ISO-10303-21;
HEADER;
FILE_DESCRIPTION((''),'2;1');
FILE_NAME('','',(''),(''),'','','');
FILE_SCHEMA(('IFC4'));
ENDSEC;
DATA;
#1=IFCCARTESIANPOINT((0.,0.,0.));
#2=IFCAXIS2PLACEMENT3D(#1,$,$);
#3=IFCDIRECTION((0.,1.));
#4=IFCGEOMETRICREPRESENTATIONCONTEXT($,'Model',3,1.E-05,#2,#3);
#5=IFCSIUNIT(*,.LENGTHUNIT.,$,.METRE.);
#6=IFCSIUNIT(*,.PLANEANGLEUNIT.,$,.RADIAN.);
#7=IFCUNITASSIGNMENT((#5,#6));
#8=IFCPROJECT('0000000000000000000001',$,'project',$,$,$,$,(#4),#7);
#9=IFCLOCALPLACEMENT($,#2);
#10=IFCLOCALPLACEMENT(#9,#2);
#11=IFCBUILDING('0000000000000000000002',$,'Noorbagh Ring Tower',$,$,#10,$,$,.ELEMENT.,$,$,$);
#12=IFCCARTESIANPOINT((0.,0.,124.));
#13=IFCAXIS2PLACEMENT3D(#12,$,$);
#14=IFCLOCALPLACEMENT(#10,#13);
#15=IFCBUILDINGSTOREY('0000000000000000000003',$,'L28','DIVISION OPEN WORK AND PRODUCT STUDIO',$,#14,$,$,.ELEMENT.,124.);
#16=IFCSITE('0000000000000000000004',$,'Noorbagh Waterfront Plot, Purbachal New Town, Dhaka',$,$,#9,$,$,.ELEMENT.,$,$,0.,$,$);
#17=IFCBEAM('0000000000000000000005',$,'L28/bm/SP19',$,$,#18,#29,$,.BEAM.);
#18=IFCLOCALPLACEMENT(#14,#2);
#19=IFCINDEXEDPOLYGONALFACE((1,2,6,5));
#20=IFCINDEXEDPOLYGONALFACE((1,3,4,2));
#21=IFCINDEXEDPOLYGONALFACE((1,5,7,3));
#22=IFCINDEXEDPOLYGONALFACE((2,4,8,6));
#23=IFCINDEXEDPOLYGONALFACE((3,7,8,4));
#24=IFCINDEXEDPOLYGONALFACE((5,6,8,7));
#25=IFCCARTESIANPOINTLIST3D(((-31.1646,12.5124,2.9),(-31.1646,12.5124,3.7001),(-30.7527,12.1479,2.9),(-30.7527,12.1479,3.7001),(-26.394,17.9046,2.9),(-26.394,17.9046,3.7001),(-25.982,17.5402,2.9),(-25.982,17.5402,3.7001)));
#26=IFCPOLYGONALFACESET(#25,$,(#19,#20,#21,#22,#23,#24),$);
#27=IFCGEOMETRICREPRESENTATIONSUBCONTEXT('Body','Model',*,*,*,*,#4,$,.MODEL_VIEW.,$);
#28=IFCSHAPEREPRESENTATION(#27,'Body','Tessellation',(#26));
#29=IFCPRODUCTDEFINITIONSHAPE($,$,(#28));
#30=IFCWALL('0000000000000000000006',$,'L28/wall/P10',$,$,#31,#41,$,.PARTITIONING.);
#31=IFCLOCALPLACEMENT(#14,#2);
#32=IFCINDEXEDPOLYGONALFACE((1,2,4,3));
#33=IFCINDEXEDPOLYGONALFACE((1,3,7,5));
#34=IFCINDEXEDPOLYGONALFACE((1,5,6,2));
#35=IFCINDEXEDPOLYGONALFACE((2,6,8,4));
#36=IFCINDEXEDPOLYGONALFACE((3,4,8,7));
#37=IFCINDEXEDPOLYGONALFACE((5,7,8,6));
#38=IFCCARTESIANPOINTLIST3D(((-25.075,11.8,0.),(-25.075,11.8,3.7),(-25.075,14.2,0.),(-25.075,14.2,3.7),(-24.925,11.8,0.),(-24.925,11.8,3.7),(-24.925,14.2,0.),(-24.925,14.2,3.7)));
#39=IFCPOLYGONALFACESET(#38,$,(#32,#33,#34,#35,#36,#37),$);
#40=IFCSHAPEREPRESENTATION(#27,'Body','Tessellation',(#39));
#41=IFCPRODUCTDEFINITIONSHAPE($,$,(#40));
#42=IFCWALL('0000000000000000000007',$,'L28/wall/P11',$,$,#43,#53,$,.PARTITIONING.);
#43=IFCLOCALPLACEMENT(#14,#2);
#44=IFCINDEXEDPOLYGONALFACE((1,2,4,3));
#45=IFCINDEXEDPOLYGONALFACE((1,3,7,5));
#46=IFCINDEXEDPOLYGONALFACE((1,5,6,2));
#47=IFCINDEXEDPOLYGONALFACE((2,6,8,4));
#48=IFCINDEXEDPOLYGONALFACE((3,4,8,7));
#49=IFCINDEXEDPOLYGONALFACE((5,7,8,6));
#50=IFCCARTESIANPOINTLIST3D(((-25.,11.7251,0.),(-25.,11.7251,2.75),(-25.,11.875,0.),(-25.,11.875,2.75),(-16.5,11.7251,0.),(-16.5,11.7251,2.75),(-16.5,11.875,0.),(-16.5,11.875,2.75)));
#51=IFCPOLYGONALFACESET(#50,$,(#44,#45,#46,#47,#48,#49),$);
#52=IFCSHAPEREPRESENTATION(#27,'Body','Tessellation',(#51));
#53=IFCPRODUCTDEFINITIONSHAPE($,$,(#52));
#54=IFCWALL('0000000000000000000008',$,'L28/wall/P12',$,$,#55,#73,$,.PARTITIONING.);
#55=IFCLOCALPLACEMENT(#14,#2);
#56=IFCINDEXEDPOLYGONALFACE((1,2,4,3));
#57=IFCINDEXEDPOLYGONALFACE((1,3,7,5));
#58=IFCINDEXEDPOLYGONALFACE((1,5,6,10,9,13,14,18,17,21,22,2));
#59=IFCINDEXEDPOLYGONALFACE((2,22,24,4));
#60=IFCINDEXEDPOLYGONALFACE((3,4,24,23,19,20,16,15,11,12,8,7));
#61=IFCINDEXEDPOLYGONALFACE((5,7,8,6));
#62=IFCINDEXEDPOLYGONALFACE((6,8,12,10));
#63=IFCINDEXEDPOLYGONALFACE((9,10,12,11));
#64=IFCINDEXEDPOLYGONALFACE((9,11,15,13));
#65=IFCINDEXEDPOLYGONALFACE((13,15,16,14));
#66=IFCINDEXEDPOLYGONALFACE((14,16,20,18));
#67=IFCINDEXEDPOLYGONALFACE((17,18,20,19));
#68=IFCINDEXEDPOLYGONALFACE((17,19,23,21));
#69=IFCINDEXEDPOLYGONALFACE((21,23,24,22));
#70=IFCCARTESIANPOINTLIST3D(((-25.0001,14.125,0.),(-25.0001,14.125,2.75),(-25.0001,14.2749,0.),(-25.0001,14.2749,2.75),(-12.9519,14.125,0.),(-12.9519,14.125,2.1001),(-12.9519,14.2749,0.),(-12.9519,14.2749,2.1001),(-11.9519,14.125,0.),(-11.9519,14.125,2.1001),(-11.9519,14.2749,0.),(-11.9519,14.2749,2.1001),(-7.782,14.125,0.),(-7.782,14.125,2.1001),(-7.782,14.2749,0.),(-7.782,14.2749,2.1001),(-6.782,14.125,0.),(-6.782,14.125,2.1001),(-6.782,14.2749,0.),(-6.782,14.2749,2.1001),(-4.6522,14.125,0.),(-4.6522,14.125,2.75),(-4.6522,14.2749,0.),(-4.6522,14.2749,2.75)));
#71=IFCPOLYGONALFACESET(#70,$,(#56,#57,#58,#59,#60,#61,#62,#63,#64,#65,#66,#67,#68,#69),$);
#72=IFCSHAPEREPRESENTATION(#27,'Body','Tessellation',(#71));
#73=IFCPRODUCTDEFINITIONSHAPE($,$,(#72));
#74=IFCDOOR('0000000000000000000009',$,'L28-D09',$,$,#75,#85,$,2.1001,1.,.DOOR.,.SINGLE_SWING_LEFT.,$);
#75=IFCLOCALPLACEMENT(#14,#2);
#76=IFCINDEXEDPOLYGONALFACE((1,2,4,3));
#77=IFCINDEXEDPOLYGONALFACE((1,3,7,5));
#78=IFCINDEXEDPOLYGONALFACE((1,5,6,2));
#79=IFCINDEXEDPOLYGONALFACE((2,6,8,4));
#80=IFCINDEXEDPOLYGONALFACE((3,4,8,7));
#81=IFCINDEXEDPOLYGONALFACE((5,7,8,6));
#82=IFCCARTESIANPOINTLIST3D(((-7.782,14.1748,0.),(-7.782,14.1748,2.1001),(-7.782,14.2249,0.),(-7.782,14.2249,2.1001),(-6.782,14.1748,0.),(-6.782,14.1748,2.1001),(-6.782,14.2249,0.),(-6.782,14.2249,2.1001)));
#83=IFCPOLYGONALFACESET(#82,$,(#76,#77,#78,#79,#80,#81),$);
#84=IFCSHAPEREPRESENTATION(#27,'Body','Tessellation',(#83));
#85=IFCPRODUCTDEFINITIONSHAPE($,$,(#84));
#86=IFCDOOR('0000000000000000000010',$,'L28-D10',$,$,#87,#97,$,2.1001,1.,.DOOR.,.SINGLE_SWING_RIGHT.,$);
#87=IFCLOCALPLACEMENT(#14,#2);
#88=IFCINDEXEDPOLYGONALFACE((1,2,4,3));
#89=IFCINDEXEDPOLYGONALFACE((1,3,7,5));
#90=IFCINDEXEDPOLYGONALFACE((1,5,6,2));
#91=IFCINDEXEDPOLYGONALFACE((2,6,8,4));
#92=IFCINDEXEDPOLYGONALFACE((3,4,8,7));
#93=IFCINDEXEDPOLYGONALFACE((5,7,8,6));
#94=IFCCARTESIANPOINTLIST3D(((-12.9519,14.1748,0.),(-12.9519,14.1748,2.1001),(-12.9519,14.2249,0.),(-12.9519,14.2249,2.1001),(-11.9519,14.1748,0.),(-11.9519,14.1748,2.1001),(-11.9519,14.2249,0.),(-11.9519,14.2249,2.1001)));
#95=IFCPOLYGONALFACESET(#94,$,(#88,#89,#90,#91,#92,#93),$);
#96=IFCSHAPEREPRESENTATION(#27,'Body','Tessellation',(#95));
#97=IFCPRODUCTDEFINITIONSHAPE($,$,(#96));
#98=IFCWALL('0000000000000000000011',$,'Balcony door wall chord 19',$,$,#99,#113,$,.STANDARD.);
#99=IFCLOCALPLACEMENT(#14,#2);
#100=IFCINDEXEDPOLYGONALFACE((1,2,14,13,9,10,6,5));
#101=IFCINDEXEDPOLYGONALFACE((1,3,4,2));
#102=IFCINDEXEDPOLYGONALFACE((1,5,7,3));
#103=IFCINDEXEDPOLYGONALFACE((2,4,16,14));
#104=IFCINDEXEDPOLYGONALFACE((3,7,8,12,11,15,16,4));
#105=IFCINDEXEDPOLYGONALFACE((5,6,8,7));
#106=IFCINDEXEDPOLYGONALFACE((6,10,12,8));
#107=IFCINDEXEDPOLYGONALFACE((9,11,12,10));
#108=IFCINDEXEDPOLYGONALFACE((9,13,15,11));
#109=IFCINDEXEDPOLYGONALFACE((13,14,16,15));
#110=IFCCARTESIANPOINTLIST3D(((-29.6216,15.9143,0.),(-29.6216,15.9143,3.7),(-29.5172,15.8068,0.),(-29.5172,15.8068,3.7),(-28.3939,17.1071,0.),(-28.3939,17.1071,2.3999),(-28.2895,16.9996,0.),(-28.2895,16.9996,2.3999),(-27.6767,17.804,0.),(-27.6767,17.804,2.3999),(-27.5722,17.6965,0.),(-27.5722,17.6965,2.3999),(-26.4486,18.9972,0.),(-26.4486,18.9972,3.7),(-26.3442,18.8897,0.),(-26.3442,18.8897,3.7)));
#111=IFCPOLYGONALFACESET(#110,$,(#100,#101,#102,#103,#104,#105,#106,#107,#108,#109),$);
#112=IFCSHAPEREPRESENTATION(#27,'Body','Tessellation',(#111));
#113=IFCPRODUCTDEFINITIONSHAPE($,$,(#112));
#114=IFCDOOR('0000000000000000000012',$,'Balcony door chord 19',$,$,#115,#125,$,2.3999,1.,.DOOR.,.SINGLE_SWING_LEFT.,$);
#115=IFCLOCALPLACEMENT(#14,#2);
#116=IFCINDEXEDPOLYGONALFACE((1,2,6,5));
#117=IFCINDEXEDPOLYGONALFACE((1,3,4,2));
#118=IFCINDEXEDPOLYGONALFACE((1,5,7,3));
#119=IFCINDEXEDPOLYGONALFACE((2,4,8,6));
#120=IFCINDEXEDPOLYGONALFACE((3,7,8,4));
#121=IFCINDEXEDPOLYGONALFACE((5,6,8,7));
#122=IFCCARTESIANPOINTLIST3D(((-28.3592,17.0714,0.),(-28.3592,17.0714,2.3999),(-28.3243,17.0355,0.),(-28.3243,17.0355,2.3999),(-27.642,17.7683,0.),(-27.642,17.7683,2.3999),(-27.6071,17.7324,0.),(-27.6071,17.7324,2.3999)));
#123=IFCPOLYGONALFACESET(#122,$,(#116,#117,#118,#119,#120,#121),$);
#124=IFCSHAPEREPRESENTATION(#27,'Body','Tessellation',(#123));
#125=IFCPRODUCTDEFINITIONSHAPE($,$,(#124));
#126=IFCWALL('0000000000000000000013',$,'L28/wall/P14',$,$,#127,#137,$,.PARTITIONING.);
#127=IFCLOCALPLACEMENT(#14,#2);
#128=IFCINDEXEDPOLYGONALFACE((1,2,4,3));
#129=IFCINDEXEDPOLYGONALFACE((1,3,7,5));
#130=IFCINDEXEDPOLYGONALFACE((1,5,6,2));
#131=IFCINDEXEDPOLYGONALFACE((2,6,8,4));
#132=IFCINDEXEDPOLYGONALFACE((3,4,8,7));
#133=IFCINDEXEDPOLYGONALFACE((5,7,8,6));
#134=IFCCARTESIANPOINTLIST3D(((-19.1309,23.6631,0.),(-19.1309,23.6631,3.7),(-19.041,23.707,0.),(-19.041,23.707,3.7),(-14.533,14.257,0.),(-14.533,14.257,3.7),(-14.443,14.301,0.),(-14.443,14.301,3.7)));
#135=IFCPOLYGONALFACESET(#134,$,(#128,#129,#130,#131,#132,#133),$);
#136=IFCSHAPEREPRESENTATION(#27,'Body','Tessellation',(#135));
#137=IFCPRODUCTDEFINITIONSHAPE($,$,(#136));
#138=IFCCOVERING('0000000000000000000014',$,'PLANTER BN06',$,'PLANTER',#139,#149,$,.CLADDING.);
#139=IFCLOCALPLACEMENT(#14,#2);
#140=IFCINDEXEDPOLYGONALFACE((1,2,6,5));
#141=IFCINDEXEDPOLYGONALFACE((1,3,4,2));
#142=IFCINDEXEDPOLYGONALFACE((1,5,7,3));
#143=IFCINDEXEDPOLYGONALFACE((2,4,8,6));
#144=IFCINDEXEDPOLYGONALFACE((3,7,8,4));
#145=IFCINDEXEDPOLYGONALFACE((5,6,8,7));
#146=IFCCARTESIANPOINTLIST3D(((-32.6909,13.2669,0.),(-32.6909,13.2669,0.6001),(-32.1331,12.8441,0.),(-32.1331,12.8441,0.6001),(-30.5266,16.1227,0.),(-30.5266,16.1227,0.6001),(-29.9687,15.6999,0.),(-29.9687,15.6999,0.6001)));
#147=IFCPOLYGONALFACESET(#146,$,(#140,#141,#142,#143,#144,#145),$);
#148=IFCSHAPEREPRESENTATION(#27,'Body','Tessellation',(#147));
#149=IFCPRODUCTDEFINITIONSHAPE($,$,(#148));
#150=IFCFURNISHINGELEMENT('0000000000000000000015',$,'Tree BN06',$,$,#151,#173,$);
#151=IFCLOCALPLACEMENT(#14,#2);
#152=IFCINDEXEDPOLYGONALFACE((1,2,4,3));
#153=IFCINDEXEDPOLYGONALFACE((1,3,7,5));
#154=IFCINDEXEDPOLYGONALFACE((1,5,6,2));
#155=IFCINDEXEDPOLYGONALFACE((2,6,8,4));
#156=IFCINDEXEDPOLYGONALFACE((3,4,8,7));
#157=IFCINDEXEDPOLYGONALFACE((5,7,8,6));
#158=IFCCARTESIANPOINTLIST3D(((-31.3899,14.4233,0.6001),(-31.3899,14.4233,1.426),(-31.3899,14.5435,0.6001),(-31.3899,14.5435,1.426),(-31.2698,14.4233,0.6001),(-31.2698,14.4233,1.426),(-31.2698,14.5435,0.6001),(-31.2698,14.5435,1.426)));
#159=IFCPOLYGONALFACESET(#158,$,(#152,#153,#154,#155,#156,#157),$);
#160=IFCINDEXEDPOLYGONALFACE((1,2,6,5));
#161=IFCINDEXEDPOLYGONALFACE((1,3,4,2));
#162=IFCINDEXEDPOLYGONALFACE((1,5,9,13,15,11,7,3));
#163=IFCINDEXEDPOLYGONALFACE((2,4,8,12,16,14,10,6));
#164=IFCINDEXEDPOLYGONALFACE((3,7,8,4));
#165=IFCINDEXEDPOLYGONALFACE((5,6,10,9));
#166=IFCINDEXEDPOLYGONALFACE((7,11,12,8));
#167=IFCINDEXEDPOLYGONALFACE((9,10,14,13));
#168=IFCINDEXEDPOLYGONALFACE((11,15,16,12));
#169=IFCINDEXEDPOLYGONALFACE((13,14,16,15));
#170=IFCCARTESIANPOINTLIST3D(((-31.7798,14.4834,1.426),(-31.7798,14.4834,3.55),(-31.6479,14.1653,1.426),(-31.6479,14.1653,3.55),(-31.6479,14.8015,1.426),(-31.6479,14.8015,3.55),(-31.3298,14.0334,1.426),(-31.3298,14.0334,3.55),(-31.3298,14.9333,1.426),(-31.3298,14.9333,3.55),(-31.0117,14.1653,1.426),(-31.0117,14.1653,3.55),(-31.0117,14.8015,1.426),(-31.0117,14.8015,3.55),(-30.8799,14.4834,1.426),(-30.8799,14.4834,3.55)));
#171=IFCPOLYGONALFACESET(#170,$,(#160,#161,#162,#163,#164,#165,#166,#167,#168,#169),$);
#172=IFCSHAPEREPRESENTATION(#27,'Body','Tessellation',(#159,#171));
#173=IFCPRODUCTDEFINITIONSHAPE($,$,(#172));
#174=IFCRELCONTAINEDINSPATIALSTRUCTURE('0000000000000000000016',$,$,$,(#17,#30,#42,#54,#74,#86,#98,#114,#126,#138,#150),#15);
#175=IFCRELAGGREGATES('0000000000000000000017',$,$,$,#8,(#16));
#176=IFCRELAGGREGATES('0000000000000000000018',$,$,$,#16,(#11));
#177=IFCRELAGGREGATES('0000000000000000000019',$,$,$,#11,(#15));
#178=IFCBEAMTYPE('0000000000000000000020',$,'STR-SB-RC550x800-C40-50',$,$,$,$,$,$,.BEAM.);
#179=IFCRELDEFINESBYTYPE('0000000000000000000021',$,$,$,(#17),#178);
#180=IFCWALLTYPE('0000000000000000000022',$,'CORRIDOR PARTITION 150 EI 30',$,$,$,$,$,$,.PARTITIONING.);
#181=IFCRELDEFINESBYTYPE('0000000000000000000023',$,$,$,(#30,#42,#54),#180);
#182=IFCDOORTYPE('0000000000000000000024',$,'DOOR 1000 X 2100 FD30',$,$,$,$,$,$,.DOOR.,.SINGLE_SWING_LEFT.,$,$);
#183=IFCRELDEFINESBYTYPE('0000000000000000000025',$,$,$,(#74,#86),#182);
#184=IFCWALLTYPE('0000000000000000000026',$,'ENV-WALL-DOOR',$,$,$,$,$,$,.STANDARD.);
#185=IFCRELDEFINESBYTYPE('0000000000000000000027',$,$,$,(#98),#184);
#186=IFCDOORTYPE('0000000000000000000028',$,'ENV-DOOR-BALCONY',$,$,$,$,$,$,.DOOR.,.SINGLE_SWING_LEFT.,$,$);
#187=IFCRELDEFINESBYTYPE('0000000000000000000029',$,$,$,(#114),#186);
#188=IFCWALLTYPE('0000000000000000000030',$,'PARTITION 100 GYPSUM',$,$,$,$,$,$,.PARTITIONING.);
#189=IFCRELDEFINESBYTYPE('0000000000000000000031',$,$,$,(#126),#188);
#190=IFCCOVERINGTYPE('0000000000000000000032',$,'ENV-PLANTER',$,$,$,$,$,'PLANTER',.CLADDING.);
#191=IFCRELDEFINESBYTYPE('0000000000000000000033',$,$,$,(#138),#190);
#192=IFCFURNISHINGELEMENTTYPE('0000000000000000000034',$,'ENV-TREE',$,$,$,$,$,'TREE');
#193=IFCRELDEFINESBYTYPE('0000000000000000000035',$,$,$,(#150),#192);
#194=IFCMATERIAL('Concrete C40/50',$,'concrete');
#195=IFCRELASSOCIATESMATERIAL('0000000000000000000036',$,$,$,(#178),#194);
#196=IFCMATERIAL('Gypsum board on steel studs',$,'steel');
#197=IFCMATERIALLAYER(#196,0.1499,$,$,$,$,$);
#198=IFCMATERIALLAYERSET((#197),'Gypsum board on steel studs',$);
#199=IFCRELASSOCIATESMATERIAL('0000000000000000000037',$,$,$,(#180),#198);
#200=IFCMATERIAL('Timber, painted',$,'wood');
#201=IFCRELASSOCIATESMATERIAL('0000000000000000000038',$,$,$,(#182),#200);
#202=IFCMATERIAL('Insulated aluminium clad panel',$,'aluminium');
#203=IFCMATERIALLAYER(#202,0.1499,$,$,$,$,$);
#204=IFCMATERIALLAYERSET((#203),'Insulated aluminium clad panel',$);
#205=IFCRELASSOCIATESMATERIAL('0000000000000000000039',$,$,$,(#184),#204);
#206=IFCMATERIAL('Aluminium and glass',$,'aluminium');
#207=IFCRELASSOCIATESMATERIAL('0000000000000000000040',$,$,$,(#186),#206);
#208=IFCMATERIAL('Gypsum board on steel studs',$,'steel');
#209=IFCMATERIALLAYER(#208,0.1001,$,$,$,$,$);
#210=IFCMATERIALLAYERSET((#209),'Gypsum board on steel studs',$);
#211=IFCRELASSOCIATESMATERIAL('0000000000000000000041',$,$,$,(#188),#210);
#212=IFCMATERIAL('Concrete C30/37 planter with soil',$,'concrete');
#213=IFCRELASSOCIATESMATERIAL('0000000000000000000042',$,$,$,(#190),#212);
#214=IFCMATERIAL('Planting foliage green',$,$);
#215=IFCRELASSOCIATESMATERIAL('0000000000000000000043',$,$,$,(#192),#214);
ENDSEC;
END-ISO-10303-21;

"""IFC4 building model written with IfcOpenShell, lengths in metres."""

from ifc_helpers import new_model, si_unit, direction, frame, frame_2d, origin, origin_2d, place, context, subcontext, project, spatial, polyline, rectangle, outline, extrude, material, layer, layer_set, material_profile, profile_set, type_object, element, fill, save


model = new_model("IFC4")

# Units and contexts
model_context = context("Model", 3, precision=1e-05, world=origin(), true_north=direction((0.0, 1.0)))
body_context = subcontext(model_context, "Body", "Model", "MODEL_VIEW")
ifc_project = project(units=[si_unit("LENGTHUNIT", "METRE"), si_unit("PLANEANGLEUNIT", "RADIAN")], contexts=[model_context])

# Site, building, storey
site_placement = place(None, origin())
site = spatial("IfcSite", under=ifc_project, at=site_placement, Name="Noorbagh Waterfront Plot, Purbachal New Town, Dhaka", CompositionType="ELEMENT", RefElevation=0.0)
building_placement = place(site_placement, origin())
building = spatial("IfcBuilding", under=site, at=building_placement, Name="Noorbagh Ring Tower", CompositionType="ELEMENT")
storey_placement = place(building_placement, frame((0.0, 0.0, 124.0)))
storey = spatial("IfcBuildingStorey", under=building, at=storey_placement, Name="L28", Description="DIVISION OPEN WORK AND PRODUCT STUDIO", CompositionType="ELEMENT", Elevation=124.0)

# Beam
ifc_material_1 = material(Name="Concrete C40/50", Category="concrete")
ifc_material_profile_1 = material_profile(ifc_material_1, rectangle(XDim=0.55, YDim=0.8, at=origin_2d()), Name="RC550x800")
ifc_profile_set_1 = profile_set([ifc_material_profile_1], Name="Concrete C40/50")
beam_type_1 = type_object("IfcBeamType", Name="STR-SB-RC550x800-C40-50", PredefinedType="BEAM", material=ifc_profile_set_1)
beam_1_placement = place(storey_placement, frame((-26.188, 17.7224, 3.3), z_axis=(-0.662621, -0.748954, 0.0), x_axis=(0.748954, -0.662621, 0.0)))
element("IfcBeam", 1, at=beam_1_placement, inside=storey, type_object=beam_type_1, Name="L28/bm/SP19", PredefinedType="BEAM", context=body_context, shape_type="SweptSolid", body=[
    extrude(rectangle(XDim=0.55, YDim=0.8, at=origin_2d()), origin(), (0.0, 0.0, 1.0), 7.1997),
])

# Walls
ifc_material_2 = material(Name="Gypsum board on steel studs", Category="steel")
ifc_layer_1 = layer(ifc_material_2, 0.1499)
ifc_layer_set_1 = layer_set([ifc_layer_1], Name="Gypsum board on steel studs")
wall_type_1 = type_object("IfcWallType", Name="CORRIDOR PARTITION 150 EI 30", PredefinedType="PARTITIONING", material=ifc_layer_set_1)
wall_1_placement = place(storey_placement, frame((-25.0, 11.8, 0.0), z_axis=(0.0, 0.0, 1.0), x_axis=(0.0, 1.0, 0.0)))
element("IfcWall", 2, at=wall_1_placement, inside=storey, type_object=wall_type_1, Name="L28/wall/P10", PredefinedType="PARTITIONING", context=body_context, shape_type="SweptSolid", body=[
    extrude(rectangle(XDim=2.3999, YDim=0.1499, at=frame_2d((1.2, 0.0))), origin(), (0.0, 0.0, 1.0), 3.7),
])
wall_2_placement = place(storey_placement, frame((-25.0, 11.8, 0.0), z_axis=(0.0, 0.0, 1.0), x_axis=(1.0, 0.0, 0.0)))
element("IfcWall", 3, at=wall_2_placement, inside=storey, type_object=wall_type_1, Name="L28/wall/P11", PredefinedType="PARTITIONING", context=body_context, shape_type="SweptSolid", body=[
    extrude(rectangle(XDim=8.5, YDim=0.1499, at=frame_2d((4.25, 0.0))), origin(), (0.0, 0.0, 1.0), 2.75),
])

# Wall, openings, doors
wall_3_placement = place(storey_placement, frame((-25.0, 14.2, 0.0), z_axis=(0.0, 0.0, 1.0), x_axis=(1.0, 0.0, 0.0)))
wall_3 = element("IfcWall", 4, at=wall_3_placement, inside=storey, type_object=wall_type_1, Name="L28/wall/P12", PredefinedType="PARTITIONING", context=body_context, shape_type="SweptSolid", body=[
    extrude(rectangle(XDim=20.3479, YDim=0.1499, at=frame_2d((10.1738, 0.0))), origin(), (0.0, 0.0, 1.0), 2.75),
])
opening_1_placement = place(wall_3_placement, frame((17.218, 0.0, 0.0)))
opening_1 = element("IfcOpeningElement", 5, at=opening_1_placement, cuts=wall_3, PredefinedType="OPENING", context=body_context, shape_type="SweptSolid", body=[
    extrude(rectangle(XDim=1.0, YDim=2.1001, at=frame_2d((0.5, 1.05))), frame((0.0, 0.085, 0.0), z_axis=(0.0, -1.0, 0.0), x_axis=(1.0, 0.0, 0.0)), (0.0, 0.0, 1.0), 0.1699),
])
opening_2_placement = place(wall_3_placement, frame((12.0481, 0.0, 0.0)))
opening_2 = element("IfcOpeningElement", 6, at=opening_2_placement, cuts=wall_3, PredefinedType="OPENING", context=body_context, shape_type="SweptSolid", body=[
    extrude(rectangle(XDim=1.0, YDim=2.1001, at=frame_2d((0.5, 1.05))), frame((0.0, 0.085, 0.0), z_axis=(0.0, -1.0, 0.0), x_axis=(1.0, 0.0, 0.0)), (0.0, 0.0, 1.0), 0.1699),
])
ifc_material_3 = material(Name="Timber, painted", Category="wood")
door_type_1 = type_object("IfcDoorType", Name="DOOR 1000 X 2100 FD30", OperationType="SINGLE_SWING_LEFT", PredefinedType="DOOR", material=ifc_material_3)
door_1_placement = place(opening_1_placement, origin())
door_1 = element("IfcDoor", 7, at=door_1_placement, inside=storey, type_object=door_type_1, Name="L28-D09", OperationType="SINGLE_SWING_LEFT", OverallHeight=2.1001, OverallWidth=1.0, PredefinedType="DOOR", context=body_context, shape_type="SweptSolid", body=[
    extrude(rectangle(XDim=1.0, YDim=2.1001, at=frame_2d((0.5, 1.05))), frame((0.0, 0.0249, 0.0), z_axis=(0.0, -1.0, 0.0), x_axis=(1.0, 0.0, 0.0)), (0.0, 0.0, 1.0), 0.05),
])
fill(opening_1, door_1)
door_2_placement = place(opening_2_placement, origin())
door_2 = element("IfcDoor", 8, at=door_2_placement, inside=storey, type_object=door_type_1, Name="L28-D10", OperationType="SINGLE_SWING_RIGHT", OverallHeight=2.1001, OverallWidth=1.0, PredefinedType="DOOR", context=body_context, shape_type="SweptSolid", body=[
    extrude(rectangle(XDim=1.0, YDim=2.1001, at=frame_2d((0.5, 1.05))), frame((0.0, 0.0249, 0.0), z_axis=(0.0, -1.0, 0.0), x_axis=(1.0, 0.0, 0.0)), (0.0, 0.0, 1.0), 0.05),
])
fill(opening_2, door_2)

# Wall, opening, door
ifc_material_4 = material(Name="Insulated aluminium clad panel", Category="aluminium")
ifc_layer_2 = layer(ifc_material_4, 0.1499)
ifc_layer_set_2 = layer_set([ifc_layer_2], Name="Insulated aluminium clad panel")
wall_type_2 = type_object("IfcWallType", Name="ENV-WALL-DOOR", PredefinedType="STANDARD", material=ifc_layer_set_2)
wall_4_placement = place(storey_placement, frame((-26.3965, 18.9434, 0.0), z_axis=(0.0, 0.0, 1.0), x_axis=(-0.717215, -0.696852, 0.0)))
wall_4 = element("IfcWall", 9, at=wall_4_placement, inside=storey, type_object=wall_type_2, Name="Balcony door wall chord 19", PredefinedType="STANDARD", context=body_context, shape_type="SweptSolid", body=[
    extrude(rectangle(XDim=4.4241, YDim=0.1499, at=frame_2d((2.2119, 0.0))), origin(), (0.0, 0.0, 1.0), 3.7),
])
opening_3_placement = place(wall_4_placement, frame((1.7122, 0.0, 0.0)))
opening_3 = element("IfcOpeningElement", 10, at=opening_3_placement, cuts=wall_4, PredefinedType="OPENING", context=body_context, shape_type="SweptSolid", body=[
    extrude(rectangle(XDim=1.0, YDim=2.3999, at=frame_2d((0.5, 1.2))), frame((0.0, 0.085, 0.0), z_axis=(0.0, -1.0, 0.0), x_axis=(1.0, 0.0, 0.0)), (0.0, 0.0, 1.0), 0.1699),
])
ifc_material_5 = material(Name="Aluminium and glass", Category="aluminium")
door_type_2 = type_object("IfcDoorType", Name="ENV-DOOR-BALCONY", OperationType="SINGLE_SWING_LEFT", PredefinedType="DOOR", material=ifc_material_5)
door_3_placement = place(opening_3_placement, origin())
door_3 = element("IfcDoor", 11, at=door_3_placement, inside=storey, type_object=door_type_2, Name="Balcony door chord 19", OperationType="SINGLE_SWING_LEFT", OverallHeight=2.3999, OverallWidth=1.0, PredefinedType="DOOR", context=body_context, shape_type="SweptSolid", body=[
    extrude(rectangle(XDim=1.0, YDim=2.3999, at=frame_2d((0.5, 1.2))), frame((0.0, 0.0249, 0.0), z_axis=(0.0, -1.0, 0.0), x_axis=(1.0, 0.0, 0.0)), (0.0, 0.0, 1.0), 0.05),
])
fill(opening_3, door_3)

# Wall
ifc_material_6 = material(Name="Gypsum board on steel studs", Category="steel")
ifc_layer_3 = layer(ifc_material_6, 0.1001)
ifc_layer_set_3 = layer_set([ifc_layer_3], Name="Gypsum board on steel studs")
wall_type_3 = type_object("IfcWallType", Name="PARTITION 100 GYPSUM", PredefinedType="PARTITIONING", material=ifc_layer_set_3)
wall_5_placement = place(storey_placement, frame((-19.0859, 23.6851, 0.0), z_axis=(0.0, 0.0, 1.0), x_axis=(0.439165, -0.898407, 0.0)))
element("IfcWall", 12, at=wall_5_placement, inside=storey, type_object=wall_type_3, Name="L28/wall/P14", PredefinedType="PARTITIONING", context=body_context, shape_type="SweptSolid", body=[
    extrude(rectangle(XDim=10.4697, YDim=0.1001, at=frame_2d((5.2349, 0.0))), origin(), (0.0, 0.0, 1.0), 3.7),
])

# Covering
ifc_material_7 = material(Name="Concrete C30/37 planter with soil", Category="concrete")
covering_type = type_object("IfcCoveringType", Name="ENV-PLANTER", ElementType="PLANTER", PredefinedType="CLADDING", material=ifc_material_7)
covering_placement = place(storey_placement, frame((-31.3298, 14.4834, 0.0), z_axis=(0.0, 0.0, 1.0), x_axis=(-0.60402, -0.796969, 0.0)))
element("IfcCovering", 13, at=covering_placement, inside=storey, type_object=covering_type, Name="PLANTER BN06", ObjectType="PLANTER", PredefinedType="CLADDING", context=body_context, shape_type="SweptSolid", body=[
    extrude(rectangle(XDim=3.5833, YDim=0.7, at=origin_2d()), origin(), (0.0, 0.0, 1.0), 0.6001),
])

# Furnishing element
ifc_material_8 = material(Name="Planting foliage green")
furnishing_element_type = type_object("IfcFurnishingElementType", Name="ENV-TREE", ElementType="TREE", material=ifc_material_8)
furnishing_placement = place(storey_placement, frame((-31.3298, 14.4834, 0.6001), z_axis=(0.0, 0.0, 1.0), x_axis=(1.0, 0.0, 0.0)))
element("IfcFurnishingElement", 14, at=furnishing_placement, inside=storey, type_object=furnishing_element_type, Name="Tree BN06", context=body_context, shape_type="SweptSolid", body=[
    extrude(rectangle(XDim=0.1201, YDim=0.1201, at=origin_2d()), origin(), (0.0, 0.0, 1.0), 0.8259),
    extrude(outline(polyline([(0.45, 0.0), (0.3181, 0.3181), (0.0, 0.45), (-0.3181, 0.3181), (-0.45, 0.0), (-0.3181, -0.3181), (0.0, -0.45), (0.3181, -0.3181), (0.45, 0.0)])), frame((0.0, 0.0, 0.8259)), (0.0, 0.0, 1.0), 2.124),
])

save(model, "model.ifc")
